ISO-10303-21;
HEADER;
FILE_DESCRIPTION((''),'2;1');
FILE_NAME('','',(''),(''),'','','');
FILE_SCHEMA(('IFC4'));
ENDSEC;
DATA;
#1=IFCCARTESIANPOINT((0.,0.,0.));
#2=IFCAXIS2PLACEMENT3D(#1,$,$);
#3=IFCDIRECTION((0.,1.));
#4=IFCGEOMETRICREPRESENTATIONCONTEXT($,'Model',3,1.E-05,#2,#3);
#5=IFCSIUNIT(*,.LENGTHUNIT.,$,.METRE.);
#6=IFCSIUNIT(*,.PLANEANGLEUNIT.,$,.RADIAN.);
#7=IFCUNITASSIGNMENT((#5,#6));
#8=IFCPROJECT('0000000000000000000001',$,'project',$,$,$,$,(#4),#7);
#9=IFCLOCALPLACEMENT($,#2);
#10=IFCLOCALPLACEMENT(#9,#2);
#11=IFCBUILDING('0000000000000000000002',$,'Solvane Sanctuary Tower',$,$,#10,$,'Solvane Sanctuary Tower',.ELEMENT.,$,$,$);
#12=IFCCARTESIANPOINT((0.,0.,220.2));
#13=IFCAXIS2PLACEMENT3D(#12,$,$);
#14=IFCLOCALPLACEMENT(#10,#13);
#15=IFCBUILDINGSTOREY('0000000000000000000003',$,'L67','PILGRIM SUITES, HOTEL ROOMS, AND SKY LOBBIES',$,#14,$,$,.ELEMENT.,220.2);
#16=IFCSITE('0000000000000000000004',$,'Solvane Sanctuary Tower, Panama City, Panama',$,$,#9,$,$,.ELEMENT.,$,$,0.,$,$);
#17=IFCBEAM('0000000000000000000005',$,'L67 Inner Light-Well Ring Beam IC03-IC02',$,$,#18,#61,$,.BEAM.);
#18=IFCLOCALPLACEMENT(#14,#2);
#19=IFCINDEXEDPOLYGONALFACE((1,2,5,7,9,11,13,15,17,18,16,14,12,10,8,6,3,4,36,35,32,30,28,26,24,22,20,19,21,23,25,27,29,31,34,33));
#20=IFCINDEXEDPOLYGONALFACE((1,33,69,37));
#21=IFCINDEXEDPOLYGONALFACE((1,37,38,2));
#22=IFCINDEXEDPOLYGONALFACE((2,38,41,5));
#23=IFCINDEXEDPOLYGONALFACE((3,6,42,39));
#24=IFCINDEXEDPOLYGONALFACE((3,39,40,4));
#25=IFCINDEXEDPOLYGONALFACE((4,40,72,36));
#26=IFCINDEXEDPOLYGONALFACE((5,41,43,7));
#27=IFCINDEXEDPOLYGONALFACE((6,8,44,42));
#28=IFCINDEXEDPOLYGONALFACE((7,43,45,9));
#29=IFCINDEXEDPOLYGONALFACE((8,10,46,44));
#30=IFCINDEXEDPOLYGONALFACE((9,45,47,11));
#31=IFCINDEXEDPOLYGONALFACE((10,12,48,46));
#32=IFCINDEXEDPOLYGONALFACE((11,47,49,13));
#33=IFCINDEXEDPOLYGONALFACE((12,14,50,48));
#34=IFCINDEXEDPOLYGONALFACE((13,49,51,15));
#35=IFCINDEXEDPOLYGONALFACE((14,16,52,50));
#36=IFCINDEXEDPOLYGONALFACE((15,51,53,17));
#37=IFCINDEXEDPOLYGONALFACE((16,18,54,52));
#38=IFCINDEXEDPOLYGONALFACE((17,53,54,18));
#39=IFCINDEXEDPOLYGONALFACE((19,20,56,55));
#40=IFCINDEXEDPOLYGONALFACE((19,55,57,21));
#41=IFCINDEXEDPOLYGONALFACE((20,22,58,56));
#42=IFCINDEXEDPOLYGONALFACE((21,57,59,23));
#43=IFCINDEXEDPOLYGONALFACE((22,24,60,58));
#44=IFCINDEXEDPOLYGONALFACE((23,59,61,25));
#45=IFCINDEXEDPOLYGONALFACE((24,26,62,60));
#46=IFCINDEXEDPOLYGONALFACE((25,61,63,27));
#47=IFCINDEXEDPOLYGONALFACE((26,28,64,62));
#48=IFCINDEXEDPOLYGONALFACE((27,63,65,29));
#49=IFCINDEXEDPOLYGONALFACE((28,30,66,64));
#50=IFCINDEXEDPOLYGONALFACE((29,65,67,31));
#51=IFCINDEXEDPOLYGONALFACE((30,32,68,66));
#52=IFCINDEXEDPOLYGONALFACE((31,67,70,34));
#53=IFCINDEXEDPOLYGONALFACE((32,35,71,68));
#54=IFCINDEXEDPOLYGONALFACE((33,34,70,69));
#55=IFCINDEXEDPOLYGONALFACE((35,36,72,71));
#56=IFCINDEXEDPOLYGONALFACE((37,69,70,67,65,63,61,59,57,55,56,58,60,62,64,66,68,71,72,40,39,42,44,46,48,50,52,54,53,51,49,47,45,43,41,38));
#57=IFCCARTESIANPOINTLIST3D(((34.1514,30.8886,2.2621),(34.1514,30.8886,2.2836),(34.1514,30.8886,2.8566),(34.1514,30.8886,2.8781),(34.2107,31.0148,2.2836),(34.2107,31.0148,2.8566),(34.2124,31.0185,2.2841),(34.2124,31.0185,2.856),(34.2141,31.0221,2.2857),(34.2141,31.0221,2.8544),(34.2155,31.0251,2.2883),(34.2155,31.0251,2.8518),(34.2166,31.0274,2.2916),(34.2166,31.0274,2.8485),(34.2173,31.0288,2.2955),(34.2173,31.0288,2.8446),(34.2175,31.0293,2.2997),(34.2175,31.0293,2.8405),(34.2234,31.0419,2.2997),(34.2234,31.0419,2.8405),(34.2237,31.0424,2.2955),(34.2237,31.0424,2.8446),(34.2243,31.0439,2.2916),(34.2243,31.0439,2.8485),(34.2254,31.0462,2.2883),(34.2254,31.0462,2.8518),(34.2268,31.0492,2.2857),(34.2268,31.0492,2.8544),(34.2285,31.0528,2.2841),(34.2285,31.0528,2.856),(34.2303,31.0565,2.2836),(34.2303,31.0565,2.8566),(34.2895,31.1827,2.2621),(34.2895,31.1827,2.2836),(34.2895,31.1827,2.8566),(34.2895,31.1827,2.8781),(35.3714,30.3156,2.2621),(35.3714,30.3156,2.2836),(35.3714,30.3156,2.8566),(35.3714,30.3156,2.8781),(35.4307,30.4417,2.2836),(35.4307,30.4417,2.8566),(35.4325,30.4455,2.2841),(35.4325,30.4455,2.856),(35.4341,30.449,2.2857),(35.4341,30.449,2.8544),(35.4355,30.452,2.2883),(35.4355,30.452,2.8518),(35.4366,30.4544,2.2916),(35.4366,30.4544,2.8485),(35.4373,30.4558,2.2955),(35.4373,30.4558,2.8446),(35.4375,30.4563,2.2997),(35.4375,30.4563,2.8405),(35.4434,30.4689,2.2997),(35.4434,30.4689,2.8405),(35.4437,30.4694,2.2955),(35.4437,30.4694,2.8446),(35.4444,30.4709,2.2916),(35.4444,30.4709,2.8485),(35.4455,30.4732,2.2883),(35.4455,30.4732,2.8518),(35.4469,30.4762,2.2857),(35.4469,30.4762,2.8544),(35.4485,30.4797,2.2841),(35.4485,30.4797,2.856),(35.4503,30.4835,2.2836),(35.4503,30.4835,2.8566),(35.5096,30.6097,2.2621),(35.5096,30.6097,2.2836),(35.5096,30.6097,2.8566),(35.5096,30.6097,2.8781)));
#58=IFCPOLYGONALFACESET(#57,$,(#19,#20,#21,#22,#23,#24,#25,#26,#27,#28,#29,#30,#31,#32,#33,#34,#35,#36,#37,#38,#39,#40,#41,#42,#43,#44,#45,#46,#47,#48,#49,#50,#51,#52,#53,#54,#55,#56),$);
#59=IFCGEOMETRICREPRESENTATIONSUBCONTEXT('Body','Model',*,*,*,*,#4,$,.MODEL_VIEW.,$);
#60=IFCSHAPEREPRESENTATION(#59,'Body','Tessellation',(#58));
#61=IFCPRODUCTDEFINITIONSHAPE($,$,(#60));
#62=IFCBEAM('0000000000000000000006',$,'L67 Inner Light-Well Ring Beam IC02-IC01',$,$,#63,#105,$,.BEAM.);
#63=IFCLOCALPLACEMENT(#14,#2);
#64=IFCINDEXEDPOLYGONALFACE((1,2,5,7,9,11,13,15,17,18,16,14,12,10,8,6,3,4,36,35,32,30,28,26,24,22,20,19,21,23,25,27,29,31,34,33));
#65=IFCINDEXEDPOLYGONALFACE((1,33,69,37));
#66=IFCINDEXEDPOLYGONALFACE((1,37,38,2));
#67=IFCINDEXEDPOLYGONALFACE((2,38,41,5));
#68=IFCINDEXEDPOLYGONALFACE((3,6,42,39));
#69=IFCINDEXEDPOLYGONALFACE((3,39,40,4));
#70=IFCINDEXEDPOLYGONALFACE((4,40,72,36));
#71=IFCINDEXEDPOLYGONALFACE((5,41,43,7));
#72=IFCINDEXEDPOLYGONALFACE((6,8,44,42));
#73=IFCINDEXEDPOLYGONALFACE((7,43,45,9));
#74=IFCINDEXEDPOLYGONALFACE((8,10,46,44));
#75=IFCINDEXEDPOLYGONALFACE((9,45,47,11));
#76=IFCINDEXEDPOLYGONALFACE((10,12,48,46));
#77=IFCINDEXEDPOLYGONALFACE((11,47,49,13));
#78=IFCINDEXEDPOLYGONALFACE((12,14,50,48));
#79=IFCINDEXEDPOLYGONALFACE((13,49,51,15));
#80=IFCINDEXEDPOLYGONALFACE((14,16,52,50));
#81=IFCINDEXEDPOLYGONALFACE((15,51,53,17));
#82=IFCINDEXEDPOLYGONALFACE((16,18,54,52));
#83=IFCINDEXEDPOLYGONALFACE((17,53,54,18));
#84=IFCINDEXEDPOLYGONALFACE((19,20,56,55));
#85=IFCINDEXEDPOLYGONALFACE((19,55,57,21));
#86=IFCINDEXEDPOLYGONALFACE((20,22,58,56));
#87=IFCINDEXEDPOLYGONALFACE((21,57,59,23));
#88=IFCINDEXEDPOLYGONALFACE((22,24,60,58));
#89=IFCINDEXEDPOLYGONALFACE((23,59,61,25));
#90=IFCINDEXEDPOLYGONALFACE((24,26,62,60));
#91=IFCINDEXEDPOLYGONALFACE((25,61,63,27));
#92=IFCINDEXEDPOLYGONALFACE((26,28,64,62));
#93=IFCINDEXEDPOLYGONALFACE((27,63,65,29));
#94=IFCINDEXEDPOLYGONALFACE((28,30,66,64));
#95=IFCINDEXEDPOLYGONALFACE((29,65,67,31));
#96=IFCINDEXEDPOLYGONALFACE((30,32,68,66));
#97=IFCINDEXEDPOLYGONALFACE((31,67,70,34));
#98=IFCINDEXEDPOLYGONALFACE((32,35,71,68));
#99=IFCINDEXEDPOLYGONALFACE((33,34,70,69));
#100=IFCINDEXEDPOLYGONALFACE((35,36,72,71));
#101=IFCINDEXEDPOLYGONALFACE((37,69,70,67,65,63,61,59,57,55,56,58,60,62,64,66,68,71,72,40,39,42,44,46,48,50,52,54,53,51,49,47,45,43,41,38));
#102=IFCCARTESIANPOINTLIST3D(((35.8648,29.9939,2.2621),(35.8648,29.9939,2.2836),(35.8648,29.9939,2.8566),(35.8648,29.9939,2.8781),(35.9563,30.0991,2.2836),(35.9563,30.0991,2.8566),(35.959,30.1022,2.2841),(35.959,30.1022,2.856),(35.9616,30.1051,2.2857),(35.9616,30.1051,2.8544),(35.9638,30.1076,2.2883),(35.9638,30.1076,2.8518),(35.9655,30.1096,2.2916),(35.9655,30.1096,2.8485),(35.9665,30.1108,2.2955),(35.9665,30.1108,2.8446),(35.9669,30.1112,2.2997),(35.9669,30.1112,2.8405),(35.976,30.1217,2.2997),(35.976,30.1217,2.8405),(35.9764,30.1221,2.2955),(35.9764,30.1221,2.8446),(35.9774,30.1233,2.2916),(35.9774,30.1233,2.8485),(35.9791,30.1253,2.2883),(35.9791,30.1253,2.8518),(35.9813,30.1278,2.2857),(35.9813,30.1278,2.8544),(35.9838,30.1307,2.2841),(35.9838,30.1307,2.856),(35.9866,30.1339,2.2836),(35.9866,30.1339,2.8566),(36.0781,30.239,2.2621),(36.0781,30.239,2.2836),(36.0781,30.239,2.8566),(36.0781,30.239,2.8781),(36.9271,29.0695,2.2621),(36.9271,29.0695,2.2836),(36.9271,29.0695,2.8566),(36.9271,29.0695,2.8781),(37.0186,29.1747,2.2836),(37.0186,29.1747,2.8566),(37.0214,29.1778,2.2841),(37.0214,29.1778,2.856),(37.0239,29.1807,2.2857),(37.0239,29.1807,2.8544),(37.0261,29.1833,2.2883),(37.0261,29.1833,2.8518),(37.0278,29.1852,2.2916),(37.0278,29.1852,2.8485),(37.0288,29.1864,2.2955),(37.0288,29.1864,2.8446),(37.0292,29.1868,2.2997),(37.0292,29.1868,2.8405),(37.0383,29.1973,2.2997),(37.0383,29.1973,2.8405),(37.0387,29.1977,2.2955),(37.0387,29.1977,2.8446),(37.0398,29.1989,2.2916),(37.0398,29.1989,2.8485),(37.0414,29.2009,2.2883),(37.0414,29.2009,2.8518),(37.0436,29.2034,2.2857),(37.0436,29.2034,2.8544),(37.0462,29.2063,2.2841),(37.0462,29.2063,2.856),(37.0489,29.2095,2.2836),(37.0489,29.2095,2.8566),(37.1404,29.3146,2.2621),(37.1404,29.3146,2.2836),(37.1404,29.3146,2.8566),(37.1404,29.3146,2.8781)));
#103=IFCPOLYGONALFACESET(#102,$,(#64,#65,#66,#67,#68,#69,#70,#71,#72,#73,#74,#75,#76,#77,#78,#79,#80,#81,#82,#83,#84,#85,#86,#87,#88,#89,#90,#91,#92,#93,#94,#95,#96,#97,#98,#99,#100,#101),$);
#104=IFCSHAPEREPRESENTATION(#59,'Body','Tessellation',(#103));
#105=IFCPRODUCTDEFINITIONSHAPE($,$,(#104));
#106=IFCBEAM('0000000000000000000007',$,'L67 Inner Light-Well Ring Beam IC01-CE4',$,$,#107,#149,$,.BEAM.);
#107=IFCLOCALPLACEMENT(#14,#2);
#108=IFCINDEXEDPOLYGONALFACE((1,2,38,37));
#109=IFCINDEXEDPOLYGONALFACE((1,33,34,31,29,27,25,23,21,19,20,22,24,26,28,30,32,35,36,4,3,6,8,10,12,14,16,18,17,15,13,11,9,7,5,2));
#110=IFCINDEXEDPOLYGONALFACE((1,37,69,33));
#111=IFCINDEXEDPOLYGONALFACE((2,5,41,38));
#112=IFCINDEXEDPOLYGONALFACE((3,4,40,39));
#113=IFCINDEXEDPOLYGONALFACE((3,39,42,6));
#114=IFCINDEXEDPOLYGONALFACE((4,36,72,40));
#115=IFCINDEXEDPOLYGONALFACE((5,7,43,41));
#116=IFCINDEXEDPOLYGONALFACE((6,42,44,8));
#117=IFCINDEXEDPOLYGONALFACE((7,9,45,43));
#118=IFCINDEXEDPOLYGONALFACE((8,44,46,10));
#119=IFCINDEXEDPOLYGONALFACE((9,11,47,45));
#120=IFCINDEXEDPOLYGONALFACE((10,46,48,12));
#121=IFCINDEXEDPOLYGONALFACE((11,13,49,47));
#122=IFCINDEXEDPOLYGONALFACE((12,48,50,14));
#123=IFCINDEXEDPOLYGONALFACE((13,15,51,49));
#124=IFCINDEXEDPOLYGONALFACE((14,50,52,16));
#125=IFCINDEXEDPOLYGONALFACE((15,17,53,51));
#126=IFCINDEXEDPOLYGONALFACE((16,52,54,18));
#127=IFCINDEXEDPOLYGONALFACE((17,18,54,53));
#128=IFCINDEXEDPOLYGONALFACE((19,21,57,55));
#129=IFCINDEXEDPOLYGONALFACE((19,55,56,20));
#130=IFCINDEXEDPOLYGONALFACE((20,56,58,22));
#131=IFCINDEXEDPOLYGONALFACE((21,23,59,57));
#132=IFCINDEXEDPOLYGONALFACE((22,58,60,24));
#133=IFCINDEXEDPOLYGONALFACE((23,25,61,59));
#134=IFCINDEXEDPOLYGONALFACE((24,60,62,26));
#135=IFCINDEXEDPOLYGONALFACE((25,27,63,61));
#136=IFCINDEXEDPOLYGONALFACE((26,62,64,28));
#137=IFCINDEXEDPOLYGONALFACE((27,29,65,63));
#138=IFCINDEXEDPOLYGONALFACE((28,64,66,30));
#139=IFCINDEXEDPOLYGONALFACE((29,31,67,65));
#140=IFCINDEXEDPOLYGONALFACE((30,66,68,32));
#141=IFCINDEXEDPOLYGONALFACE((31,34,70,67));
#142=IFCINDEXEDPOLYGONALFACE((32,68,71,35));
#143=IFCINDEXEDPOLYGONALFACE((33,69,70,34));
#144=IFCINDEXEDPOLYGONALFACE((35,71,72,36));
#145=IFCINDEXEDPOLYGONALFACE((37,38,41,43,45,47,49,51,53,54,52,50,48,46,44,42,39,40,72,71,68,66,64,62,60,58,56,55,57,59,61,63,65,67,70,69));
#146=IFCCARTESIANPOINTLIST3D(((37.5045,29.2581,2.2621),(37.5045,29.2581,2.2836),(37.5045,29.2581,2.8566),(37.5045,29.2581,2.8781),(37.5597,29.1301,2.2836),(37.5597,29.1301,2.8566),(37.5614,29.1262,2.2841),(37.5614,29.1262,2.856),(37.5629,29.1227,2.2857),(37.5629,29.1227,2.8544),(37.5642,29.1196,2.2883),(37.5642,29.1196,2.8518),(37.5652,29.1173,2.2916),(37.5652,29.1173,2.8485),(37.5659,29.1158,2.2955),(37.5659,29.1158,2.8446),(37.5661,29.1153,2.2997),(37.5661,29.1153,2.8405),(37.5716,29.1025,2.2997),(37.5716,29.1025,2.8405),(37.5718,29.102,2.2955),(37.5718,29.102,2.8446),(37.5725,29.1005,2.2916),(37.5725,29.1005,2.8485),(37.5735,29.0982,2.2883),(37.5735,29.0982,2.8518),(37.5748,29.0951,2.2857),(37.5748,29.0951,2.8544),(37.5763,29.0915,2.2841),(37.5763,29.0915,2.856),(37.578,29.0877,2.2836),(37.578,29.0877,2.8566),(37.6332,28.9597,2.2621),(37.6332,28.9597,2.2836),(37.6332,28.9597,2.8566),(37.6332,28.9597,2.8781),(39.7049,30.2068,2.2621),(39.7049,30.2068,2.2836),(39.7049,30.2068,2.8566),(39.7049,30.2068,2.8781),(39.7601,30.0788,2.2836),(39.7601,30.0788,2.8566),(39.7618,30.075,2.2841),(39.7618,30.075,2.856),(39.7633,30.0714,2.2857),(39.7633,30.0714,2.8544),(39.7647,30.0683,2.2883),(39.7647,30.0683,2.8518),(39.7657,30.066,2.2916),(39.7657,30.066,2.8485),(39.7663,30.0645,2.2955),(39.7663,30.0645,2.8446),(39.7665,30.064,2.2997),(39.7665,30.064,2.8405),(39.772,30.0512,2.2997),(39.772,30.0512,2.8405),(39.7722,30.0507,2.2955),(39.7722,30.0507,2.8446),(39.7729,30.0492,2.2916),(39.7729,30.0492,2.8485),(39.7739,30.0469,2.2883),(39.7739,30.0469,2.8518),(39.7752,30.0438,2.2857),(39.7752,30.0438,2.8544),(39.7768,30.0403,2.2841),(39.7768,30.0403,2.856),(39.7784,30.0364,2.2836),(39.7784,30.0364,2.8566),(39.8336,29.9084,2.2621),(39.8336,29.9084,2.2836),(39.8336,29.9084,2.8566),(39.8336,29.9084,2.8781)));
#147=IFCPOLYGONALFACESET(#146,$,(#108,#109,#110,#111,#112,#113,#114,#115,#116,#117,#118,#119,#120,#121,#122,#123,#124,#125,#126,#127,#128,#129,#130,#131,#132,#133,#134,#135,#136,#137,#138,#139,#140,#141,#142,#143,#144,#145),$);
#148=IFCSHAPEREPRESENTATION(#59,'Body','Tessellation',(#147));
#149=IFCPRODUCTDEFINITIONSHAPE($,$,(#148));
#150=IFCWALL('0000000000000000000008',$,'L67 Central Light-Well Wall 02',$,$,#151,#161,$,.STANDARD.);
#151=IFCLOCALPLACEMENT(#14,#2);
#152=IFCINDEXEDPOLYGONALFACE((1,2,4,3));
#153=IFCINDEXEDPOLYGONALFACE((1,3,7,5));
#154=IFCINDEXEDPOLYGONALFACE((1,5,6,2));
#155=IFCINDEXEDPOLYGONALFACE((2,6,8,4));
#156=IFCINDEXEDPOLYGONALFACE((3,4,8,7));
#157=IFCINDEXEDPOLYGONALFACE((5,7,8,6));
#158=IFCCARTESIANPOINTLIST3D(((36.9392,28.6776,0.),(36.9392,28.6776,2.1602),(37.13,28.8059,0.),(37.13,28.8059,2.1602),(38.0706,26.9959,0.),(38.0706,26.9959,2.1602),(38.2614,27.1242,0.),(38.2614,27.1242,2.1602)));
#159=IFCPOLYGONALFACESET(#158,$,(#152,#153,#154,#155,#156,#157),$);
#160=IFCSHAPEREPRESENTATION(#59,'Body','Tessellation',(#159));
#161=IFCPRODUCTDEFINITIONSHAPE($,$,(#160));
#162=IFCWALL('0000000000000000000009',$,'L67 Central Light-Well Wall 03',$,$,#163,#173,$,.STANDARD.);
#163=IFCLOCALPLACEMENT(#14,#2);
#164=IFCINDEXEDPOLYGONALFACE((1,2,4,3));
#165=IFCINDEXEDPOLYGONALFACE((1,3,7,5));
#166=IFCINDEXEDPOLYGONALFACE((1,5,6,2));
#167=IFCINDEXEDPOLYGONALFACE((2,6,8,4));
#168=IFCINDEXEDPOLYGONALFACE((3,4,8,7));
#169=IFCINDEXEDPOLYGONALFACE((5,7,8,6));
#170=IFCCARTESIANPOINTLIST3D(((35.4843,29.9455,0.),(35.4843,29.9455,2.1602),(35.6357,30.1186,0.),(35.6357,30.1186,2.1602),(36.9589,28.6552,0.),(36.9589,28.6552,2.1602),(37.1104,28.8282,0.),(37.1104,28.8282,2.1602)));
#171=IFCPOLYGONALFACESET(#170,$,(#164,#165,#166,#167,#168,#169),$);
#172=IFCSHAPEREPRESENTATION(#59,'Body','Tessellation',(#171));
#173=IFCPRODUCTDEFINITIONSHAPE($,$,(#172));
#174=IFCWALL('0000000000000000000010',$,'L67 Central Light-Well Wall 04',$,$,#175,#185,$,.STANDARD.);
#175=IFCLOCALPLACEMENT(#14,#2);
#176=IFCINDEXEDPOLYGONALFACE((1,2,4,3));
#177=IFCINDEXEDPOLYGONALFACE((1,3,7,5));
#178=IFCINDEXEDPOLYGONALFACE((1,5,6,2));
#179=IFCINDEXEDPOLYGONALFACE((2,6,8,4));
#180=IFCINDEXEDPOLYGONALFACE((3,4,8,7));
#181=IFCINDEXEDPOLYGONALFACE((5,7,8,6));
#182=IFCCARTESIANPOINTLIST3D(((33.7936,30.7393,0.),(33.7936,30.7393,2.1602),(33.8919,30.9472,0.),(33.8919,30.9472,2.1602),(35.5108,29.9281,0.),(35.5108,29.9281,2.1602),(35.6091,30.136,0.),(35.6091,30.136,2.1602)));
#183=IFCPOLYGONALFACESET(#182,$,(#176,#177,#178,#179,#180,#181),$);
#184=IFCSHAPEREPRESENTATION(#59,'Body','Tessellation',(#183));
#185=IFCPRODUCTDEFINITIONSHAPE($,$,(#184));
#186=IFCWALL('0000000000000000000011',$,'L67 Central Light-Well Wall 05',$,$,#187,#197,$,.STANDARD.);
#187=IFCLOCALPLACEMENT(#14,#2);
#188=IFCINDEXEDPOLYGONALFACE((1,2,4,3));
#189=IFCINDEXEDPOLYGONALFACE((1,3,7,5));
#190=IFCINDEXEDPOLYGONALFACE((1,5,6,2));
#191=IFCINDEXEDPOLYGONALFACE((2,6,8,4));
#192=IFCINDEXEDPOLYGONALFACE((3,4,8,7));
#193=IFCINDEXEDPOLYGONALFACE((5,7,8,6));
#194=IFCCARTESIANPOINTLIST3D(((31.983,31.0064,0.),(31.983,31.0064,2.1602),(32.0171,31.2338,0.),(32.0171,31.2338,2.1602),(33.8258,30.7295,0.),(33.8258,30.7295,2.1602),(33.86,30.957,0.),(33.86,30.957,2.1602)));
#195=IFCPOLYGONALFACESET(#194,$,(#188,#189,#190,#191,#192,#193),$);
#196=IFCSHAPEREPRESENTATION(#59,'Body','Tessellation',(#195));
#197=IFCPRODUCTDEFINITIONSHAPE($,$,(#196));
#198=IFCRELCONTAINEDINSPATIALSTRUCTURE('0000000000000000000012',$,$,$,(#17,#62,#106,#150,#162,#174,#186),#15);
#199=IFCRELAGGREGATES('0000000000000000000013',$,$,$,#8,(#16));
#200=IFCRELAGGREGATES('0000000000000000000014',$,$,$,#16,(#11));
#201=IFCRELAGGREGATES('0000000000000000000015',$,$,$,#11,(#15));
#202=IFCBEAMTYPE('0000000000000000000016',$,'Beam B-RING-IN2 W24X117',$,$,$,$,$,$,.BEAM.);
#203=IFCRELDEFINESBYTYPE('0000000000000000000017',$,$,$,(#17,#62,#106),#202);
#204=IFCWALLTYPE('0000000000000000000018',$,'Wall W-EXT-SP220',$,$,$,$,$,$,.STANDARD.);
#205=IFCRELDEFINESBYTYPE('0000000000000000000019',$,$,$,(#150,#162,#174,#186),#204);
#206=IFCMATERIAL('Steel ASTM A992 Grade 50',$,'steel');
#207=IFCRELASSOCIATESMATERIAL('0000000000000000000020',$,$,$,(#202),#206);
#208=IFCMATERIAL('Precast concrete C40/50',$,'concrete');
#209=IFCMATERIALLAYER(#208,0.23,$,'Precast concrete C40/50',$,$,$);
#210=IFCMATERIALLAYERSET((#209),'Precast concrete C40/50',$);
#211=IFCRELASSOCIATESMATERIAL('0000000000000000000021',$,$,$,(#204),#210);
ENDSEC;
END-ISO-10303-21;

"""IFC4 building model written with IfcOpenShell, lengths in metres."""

from ifc_helpers import new_model, si_unit, direction, frame, frame_2d, origin, origin_2d, place, context, subcontext, project, spatial, rectangle, i_section, extrude, material, layer, layer_set, material_profile, profile_set, type_object, element, save


model = new_model("IFC4")

# Units and contexts
model_context = context("Model", 3, precision=1e-05, world=origin(), true_north=direction((0.0, 1.0)))
body_context = subcontext(model_context, "Body", "Model", "MODEL_VIEW")
ifc_project = project(units=[si_unit("LENGTHUNIT", "METRE"), si_unit("PLANEANGLEUNIT", "RADIAN")], contexts=[model_context])

# Site, building, storey
site_placement = place(None, origin())
site = spatial("IfcSite", under=ifc_project, at=site_placement, Name="Solvane Sanctuary Tower, Panama City, Panama", CompositionType="ELEMENT", RefElevation=0.0)
building_placement = place(site_placement, origin())
building = spatial("IfcBuilding", under=site, at=building_placement, Name="Solvane Sanctuary Tower", LongName="Solvane Sanctuary Tower", CompositionType="ELEMENT")
storey_placement = place(building_placement, frame((0.0, 0.0, 220.2)))
storey = spatial("IfcBuildingStorey", under=building, at=storey_placement, Name="L67", Description="PILGRIM SUITES, HOTEL ROOMS, AND SKY LOBBIES", CompositionType="ELEMENT", Elevation=220.2)

# Beams
ifc_material_1 = material(Name="Steel ASTM A992 Grade 50", Category="steel")
ifc_material_profile_1 = material_profile(ifc_material_1, i_section(OverallWidth=0.325, OverallDepth=0.616, WebThickness=0.0139, FlangeThickness=0.0215, FilletRadius=0.0161, at=origin_2d()), Name="W24X117")
ifc_profile_set_1 = profile_set([ifc_material_profile_1], Name="Steel ASTM A992 Grade 50")
beam_type_1 = type_object("IfcBeamType", Name="Beam B-RING-IN2 W24X117", PredefinedType="BEAM", material=ifc_profile_set_1)
beam_1_placement = place(storey_placement, frame((34.2205, 31.0356, 2.5701), z_axis=(0.905135, -0.425125, 0.0), x_axis=(0.425125, 0.905135, 0.0)))
element("IfcBeam", 1, at=beam_1_placement, inside=storey, type_object=beam_type_1, Name="L67 Inner Light-Well Ring Beam IC03-IC02", PredefinedType="BEAM", context=body_context, shape_type="SweptSolid", body=[
    extrude(i_section(OverallWidth=0.325, OverallDepth=0.616, WebThickness=0.0139, FlangeThickness=0.0215, FilletRadius=0.0161, at=origin_2d()), origin(), (0.0, 0.0, 1.0), 1.3479),
])
beam_2_placement = place(storey_placement, frame((35.9714, 30.1165, 2.5701), z_axis=(0.754389, -0.656428, 0.0), x_axis=(0.656428, 0.754389, 0.0)))
element("IfcBeam", 2, at=beam_2_placement, inside=storey, type_object=beam_type_1, Name="L67 Inner Light-Well Ring Beam IC02-IC01", PredefinedType="BEAM", context=body_context, shape_type="SweptSolid", body=[
    extrude(i_section(OverallWidth=0.325, OverallDepth=0.616, WebThickness=0.0139, FlangeThickness=0.0215, FilletRadius=0.0161, at=origin_2d()), origin(), (0.0, 0.0, 1.0), 1.4082),
])
beam_3_placement = place(storey_placement, frame((37.5688, 29.1089, 2.5701), z_axis=(0.918284, 0.395923, 0.0), x_axis=(-0.395923, 0.918284, 0.0)))
element("IfcBeam", 3, at=beam_3_placement, inside=storey, type_object=beam_type_1, Name="L67 Inner Light-Well Ring Beam IC01-CE4", PredefinedType="BEAM", context=body_context, shape_type="SweptSolid", body=[
    extrude(i_section(OverallWidth=0.325, OverallDepth=0.616, WebThickness=0.0139, FlangeThickness=0.0215, FilletRadius=0.0161, at=origin_2d()), origin(), (0.0, 0.0, 1.0), 2.3962),
])

# Walls
ifc_material_2 = material(Name="Precast concrete C40/50", Category="concrete")
ifc_layer_1 = layer(ifc_material_2, 0.23, Name="Precast concrete C40/50")
ifc_layer_set_1 = layer_set([ifc_layer_1], Name="Precast concrete C40/50")
wall_type_1 = type_object("IfcWallType", Name="Wall W-EXT-SP220", PredefinedType="STANDARD", material=ifc_layer_set_1)
wall_1_placement = place(storey_placement, frame((38.166, 27.0601, 0.0), z_axis=(0.0, 0.0, 1.0), x_axis=(-0.558198, 0.829708, 0.0)))
element("IfcWall", 4, at=wall_1_placement, inside=storey, type_object=wall_type_1, Name="L67 Central Light-Well Wall 02", PredefinedType="STANDARD", context=body_context, shape_type="SweptSolid", body=[
    extrude(rectangle(XDim=2.0269, YDim=0.23, at=frame_2d((1.0134, 0.0))), origin(), (0.0, 0.0, 1.0), 2.1602),
])
wall_2_placement = place(storey_placement, frame((37.0347, 28.7417, 0.0), z_axis=(0.0, 0.0, 1.0), x_axis=(-0.752577, 0.658505, 0.0)))
element("IfcWall", 5, at=wall_2_placement, inside=storey, type_object=wall_type_1, Name="L67 Central Light-Well Wall 03", PredefinedType="STANDARD", context=body_context, shape_type="SweptSolid", body=[
    extrude(rectangle(XDim=1.9595, YDim=0.23, at=frame_2d((0.9797, 0.0))), origin(), (0.0, 0.0, 1.0), 2.1602),
])
wall_3_placement = place(storey_placement, frame((35.5601, 30.032, 0.0), z_axis=(0.0, 0.0, 1.0), x_axis=(-0.90418, 0.427152, 0.0)))
element("IfcWall", 6, at=wall_3_placement, inside=storey, type_object=wall_type_1, Name="L67 Central Light-Well Wall 04", PredefinedType="STANDARD", context=body_context, shape_type="SweptSolid", body=[
    extrude(rectangle(XDim=1.8992, YDim=0.23, at=frame_2d((0.9497, 0.0))), origin(), (0.0, 0.0, 1.0), 2.1602),
])
for number, where, z_axis, x_axis, name in (
    (7, (33.8428, 30.8433, 0.0), (0.0, 0.0, 1.0), (-0.988902, 0.148571, 0.0), "L67 Central Light-Well Wall 05"),
):
    element("IfcWall", number, at=place(storey_placement, frame(where, z_axis=z_axis, x_axis=x_axis)), inside=storey, type_object=wall_type_1, Name=name, PredefinedType="STANDARD", context=body_context, shape_type="SweptSolid", body=[
        extrude(rectangle(XDim=1.8635, YDim=0.23, at=frame_2d((0.9316, 0.0))), origin(), (0.0, 0.0, 1.0), 2.1602),
    ])

save(model, "model.ifc")
